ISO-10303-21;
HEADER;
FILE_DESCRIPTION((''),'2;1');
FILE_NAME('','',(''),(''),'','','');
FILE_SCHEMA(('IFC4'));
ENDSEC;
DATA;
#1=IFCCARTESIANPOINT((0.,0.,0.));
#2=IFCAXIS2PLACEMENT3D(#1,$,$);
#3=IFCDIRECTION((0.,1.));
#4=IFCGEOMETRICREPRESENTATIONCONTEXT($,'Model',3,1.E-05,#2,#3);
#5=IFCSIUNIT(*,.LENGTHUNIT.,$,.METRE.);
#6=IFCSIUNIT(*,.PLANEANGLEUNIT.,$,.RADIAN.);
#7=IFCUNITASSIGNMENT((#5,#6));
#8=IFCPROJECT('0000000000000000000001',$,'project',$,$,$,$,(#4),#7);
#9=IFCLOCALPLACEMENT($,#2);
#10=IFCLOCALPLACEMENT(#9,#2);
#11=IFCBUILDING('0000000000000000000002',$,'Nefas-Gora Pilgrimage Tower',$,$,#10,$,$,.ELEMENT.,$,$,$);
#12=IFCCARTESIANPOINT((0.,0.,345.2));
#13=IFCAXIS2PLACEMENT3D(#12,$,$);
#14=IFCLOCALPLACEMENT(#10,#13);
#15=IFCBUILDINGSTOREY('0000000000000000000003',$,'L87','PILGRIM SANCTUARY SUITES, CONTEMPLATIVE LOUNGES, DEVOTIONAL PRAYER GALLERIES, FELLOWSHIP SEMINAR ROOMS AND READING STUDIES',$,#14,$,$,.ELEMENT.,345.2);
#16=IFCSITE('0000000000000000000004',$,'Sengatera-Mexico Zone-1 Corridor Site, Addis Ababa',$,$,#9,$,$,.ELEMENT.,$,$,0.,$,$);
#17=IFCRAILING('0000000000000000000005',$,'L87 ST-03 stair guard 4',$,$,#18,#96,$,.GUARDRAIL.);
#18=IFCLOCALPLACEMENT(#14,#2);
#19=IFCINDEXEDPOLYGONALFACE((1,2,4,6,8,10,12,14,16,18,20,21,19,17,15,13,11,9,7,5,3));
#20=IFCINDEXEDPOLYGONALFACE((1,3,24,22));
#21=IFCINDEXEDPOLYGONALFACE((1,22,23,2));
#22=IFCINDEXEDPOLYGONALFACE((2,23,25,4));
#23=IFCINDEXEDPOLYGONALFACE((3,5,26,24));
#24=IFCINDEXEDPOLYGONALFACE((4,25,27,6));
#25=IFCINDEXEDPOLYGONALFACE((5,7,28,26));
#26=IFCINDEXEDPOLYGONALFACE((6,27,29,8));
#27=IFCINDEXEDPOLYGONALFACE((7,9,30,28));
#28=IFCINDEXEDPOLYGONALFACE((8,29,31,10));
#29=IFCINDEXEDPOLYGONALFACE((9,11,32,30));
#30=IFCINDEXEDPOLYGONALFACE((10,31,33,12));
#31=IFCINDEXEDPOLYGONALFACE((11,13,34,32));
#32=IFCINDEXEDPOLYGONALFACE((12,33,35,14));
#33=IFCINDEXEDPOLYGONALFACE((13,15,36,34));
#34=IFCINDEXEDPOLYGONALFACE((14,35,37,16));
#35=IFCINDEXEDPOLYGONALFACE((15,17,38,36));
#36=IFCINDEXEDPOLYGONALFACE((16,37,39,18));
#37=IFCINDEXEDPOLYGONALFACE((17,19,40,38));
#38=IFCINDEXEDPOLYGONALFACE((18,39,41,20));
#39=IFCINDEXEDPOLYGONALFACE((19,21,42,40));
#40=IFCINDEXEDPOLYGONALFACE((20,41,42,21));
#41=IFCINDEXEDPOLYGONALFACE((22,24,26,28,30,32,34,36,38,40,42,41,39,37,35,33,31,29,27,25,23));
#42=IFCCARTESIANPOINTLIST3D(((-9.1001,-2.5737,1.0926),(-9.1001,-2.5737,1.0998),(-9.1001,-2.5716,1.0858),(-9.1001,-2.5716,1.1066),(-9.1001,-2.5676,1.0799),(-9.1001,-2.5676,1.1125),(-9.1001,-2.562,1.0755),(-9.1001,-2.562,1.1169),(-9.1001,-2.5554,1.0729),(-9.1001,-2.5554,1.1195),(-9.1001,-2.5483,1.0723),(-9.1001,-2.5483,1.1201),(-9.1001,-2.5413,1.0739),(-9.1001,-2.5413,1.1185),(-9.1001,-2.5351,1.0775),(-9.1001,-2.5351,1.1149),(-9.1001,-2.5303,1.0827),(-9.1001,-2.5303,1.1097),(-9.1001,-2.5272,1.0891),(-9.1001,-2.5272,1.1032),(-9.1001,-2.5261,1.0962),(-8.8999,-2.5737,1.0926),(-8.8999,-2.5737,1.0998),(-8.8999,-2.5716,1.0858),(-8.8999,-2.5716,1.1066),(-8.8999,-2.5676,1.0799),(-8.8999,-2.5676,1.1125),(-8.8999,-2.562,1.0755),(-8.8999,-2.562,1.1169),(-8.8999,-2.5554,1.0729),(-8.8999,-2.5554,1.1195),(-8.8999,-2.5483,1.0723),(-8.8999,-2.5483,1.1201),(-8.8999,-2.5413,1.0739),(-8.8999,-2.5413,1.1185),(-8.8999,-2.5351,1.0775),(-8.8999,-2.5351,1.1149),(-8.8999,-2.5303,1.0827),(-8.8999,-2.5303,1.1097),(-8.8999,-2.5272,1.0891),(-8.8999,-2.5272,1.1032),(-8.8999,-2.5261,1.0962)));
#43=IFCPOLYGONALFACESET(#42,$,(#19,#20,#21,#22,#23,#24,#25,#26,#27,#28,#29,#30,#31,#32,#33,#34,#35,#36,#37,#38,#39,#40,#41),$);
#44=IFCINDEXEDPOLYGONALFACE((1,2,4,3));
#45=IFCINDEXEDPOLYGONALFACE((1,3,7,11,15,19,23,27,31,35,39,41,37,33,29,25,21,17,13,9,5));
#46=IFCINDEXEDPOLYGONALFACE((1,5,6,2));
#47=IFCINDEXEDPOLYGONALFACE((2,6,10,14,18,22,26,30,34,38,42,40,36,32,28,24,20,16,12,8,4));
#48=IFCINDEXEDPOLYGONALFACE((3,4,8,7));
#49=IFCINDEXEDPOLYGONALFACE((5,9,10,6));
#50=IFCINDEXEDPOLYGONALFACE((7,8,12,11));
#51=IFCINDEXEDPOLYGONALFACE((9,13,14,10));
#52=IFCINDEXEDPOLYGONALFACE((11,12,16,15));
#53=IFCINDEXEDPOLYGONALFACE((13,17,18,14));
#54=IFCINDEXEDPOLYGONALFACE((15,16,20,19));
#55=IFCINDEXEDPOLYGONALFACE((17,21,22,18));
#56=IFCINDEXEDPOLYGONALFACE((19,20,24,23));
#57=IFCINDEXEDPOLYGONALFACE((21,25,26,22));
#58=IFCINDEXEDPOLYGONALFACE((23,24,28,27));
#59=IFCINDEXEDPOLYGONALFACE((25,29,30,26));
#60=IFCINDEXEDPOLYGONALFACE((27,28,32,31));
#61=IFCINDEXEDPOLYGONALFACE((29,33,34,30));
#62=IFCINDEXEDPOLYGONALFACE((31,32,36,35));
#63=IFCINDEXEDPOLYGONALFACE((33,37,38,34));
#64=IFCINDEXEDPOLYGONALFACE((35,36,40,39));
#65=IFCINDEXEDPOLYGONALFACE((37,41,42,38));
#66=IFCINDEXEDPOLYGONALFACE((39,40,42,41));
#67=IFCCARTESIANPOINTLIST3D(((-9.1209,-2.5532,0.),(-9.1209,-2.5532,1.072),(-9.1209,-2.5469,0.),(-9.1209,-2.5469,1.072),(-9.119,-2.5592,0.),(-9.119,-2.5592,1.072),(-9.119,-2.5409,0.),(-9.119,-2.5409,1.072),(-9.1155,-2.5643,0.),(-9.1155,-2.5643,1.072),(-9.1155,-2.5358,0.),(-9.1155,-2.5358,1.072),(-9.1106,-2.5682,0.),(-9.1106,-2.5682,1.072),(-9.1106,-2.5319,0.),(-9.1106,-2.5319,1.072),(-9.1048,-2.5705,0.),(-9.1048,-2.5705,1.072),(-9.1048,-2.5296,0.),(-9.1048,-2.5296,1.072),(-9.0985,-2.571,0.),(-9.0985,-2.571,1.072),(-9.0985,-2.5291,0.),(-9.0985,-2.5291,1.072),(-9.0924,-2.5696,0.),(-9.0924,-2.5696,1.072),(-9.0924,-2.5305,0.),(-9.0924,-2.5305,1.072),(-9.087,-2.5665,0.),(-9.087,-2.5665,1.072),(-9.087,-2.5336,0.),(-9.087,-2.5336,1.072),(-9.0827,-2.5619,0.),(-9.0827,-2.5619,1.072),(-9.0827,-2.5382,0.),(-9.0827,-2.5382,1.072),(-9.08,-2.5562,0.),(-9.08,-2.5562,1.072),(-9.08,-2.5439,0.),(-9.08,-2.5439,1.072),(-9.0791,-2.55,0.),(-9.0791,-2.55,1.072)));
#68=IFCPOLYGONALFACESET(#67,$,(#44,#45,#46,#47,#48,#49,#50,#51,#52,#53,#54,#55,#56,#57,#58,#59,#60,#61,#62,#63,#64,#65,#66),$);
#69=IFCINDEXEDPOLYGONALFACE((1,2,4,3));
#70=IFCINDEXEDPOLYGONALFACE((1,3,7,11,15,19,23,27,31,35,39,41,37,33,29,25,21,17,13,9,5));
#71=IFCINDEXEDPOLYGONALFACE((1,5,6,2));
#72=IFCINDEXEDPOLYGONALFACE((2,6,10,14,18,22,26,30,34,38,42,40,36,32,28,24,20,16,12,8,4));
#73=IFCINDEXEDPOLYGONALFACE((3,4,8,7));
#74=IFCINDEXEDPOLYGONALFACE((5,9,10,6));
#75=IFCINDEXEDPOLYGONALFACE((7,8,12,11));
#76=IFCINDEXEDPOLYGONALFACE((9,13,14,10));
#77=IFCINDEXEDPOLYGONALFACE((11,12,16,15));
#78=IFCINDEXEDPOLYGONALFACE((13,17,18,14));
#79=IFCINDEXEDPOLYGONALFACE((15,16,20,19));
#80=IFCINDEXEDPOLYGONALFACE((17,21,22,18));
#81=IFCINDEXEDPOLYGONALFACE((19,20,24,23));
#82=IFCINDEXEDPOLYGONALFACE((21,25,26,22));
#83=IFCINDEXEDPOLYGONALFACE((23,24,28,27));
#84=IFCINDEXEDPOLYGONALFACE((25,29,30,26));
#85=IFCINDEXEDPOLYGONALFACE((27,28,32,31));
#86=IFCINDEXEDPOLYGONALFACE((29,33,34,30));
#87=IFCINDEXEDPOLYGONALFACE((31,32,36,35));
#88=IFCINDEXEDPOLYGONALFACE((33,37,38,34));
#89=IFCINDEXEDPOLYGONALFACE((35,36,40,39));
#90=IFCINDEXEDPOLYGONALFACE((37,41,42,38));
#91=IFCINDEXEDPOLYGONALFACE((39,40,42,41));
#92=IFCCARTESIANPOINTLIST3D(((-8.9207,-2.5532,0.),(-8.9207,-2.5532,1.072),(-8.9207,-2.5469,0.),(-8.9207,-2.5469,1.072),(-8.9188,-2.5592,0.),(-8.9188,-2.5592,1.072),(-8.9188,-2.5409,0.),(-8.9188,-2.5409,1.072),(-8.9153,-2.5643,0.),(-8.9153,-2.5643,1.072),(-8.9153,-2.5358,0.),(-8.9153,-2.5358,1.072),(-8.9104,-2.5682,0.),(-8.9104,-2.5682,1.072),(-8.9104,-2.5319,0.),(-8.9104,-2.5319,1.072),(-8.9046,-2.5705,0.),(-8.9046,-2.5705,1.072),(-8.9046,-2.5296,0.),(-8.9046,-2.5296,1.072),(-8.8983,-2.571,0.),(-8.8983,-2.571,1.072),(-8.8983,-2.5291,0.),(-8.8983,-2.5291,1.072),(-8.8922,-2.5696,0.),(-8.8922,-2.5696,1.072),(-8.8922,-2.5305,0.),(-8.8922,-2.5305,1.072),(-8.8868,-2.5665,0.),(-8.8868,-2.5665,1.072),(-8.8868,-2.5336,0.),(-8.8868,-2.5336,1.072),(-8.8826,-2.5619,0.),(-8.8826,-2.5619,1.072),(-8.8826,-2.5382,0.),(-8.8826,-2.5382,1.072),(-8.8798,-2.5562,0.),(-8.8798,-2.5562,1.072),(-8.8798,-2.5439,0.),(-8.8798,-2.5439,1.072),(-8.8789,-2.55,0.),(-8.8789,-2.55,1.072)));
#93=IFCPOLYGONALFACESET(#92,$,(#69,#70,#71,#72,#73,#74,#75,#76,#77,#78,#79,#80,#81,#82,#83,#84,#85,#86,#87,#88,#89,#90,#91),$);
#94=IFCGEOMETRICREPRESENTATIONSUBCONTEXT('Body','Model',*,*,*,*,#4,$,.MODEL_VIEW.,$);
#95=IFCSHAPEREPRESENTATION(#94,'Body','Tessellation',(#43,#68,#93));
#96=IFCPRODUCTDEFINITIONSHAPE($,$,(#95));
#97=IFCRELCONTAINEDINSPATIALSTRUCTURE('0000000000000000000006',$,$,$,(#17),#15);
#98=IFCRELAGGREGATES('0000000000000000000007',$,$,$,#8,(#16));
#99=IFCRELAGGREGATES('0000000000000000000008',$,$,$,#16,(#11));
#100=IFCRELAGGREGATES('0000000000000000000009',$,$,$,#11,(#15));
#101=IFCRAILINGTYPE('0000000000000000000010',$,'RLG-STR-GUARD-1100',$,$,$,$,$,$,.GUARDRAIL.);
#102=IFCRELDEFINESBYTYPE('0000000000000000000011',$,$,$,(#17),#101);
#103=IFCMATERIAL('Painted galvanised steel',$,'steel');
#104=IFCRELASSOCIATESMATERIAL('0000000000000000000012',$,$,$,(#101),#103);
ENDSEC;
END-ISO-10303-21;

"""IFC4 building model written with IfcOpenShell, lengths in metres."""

from ifc_helpers import new_model, si_unit, direction, frame, origin, origin_2d, place, context, subcontext, project, spatial, circle, extrude, material, type_object, element, save


model = new_model("IFC4")

# Units and contexts
model_context = context("Model", 3, precision=1e-05, world=origin(), true_north=direction((0.0, 1.0)))
body_context = subcontext(model_context, "Body", "Model", "MODEL_VIEW")
ifc_project = project(units=[si_unit("LENGTHUNIT", "METRE"), si_unit("PLANEANGLEUNIT", "RADIAN")], contexts=[model_context])

# Site, building, storey
site_placement = place(None, origin())
site = spatial("IfcSite", under=ifc_project, at=site_placement, Name="Sengatera-Mexico Zone-1 Corridor Site, Addis Ababa", CompositionType="ELEMENT", RefElevation=0.0)
building_placement = place(site_placement, origin())
building = spatial("IfcBuilding", under=site, at=building_placement, Name="Nefas-Gora Pilgrimage Tower", CompositionType="ELEMENT")
storey_placement = place(building_placement, frame((0.0, 0.0, 345.2)))
storey = spatial("IfcBuildingStorey", under=building, at=storey_placement, Name="L87", Description="PILGRIM SANCTUARY SUITES, CONTEMPLATIVE LOUNGES, DEVOTIONAL PRAYER GALLERIES, FELLOWSHIP SEMINAR ROOMS AND READING STUDIES", CompositionType="ELEMENT", Elevation=345.2)

# Railing
ifc_material_1 = material(Name="Painted galvanised steel", Category="steel")
railing_type_1 = type_object("IfcRailingType", Name="RLG-STR-GUARD-1100", PredefinedType="GUARDRAIL", material=ifc_material_1)
railing_1_placement = place(storey_placement, frame((-9.1001, -2.55, 0.0)))
element("IfcRailing", 1, at=railing_1_placement, inside=storey, type_object=railing_type_1, Name="L87 ST-03 stair guard 4", PredefinedType="GUARDRAIL", context=body_context, shape_type="SweptSolid", body=[
    extrude(circle(Radius=0.0239, at=origin_2d()), frame((0.0, 0.0, 1.0962), z_axis=(1.0, 0.0, 0.0), x_axis=(0.0, 1.0, 0.0)), (0.0, 0.0, 1.0), 0.2002),
    extrude(circle(Radius=0.021, at=origin_2d()), origin(), (0.0, 0.0, 1.0), 1.072),
    extrude(circle(Radius=0.021, at=origin_2d()), frame((0.2002, 0.0, 0.0)), (0.0, 0.0, 1.0), 1.072),
])

save(model, "model.ifc")
